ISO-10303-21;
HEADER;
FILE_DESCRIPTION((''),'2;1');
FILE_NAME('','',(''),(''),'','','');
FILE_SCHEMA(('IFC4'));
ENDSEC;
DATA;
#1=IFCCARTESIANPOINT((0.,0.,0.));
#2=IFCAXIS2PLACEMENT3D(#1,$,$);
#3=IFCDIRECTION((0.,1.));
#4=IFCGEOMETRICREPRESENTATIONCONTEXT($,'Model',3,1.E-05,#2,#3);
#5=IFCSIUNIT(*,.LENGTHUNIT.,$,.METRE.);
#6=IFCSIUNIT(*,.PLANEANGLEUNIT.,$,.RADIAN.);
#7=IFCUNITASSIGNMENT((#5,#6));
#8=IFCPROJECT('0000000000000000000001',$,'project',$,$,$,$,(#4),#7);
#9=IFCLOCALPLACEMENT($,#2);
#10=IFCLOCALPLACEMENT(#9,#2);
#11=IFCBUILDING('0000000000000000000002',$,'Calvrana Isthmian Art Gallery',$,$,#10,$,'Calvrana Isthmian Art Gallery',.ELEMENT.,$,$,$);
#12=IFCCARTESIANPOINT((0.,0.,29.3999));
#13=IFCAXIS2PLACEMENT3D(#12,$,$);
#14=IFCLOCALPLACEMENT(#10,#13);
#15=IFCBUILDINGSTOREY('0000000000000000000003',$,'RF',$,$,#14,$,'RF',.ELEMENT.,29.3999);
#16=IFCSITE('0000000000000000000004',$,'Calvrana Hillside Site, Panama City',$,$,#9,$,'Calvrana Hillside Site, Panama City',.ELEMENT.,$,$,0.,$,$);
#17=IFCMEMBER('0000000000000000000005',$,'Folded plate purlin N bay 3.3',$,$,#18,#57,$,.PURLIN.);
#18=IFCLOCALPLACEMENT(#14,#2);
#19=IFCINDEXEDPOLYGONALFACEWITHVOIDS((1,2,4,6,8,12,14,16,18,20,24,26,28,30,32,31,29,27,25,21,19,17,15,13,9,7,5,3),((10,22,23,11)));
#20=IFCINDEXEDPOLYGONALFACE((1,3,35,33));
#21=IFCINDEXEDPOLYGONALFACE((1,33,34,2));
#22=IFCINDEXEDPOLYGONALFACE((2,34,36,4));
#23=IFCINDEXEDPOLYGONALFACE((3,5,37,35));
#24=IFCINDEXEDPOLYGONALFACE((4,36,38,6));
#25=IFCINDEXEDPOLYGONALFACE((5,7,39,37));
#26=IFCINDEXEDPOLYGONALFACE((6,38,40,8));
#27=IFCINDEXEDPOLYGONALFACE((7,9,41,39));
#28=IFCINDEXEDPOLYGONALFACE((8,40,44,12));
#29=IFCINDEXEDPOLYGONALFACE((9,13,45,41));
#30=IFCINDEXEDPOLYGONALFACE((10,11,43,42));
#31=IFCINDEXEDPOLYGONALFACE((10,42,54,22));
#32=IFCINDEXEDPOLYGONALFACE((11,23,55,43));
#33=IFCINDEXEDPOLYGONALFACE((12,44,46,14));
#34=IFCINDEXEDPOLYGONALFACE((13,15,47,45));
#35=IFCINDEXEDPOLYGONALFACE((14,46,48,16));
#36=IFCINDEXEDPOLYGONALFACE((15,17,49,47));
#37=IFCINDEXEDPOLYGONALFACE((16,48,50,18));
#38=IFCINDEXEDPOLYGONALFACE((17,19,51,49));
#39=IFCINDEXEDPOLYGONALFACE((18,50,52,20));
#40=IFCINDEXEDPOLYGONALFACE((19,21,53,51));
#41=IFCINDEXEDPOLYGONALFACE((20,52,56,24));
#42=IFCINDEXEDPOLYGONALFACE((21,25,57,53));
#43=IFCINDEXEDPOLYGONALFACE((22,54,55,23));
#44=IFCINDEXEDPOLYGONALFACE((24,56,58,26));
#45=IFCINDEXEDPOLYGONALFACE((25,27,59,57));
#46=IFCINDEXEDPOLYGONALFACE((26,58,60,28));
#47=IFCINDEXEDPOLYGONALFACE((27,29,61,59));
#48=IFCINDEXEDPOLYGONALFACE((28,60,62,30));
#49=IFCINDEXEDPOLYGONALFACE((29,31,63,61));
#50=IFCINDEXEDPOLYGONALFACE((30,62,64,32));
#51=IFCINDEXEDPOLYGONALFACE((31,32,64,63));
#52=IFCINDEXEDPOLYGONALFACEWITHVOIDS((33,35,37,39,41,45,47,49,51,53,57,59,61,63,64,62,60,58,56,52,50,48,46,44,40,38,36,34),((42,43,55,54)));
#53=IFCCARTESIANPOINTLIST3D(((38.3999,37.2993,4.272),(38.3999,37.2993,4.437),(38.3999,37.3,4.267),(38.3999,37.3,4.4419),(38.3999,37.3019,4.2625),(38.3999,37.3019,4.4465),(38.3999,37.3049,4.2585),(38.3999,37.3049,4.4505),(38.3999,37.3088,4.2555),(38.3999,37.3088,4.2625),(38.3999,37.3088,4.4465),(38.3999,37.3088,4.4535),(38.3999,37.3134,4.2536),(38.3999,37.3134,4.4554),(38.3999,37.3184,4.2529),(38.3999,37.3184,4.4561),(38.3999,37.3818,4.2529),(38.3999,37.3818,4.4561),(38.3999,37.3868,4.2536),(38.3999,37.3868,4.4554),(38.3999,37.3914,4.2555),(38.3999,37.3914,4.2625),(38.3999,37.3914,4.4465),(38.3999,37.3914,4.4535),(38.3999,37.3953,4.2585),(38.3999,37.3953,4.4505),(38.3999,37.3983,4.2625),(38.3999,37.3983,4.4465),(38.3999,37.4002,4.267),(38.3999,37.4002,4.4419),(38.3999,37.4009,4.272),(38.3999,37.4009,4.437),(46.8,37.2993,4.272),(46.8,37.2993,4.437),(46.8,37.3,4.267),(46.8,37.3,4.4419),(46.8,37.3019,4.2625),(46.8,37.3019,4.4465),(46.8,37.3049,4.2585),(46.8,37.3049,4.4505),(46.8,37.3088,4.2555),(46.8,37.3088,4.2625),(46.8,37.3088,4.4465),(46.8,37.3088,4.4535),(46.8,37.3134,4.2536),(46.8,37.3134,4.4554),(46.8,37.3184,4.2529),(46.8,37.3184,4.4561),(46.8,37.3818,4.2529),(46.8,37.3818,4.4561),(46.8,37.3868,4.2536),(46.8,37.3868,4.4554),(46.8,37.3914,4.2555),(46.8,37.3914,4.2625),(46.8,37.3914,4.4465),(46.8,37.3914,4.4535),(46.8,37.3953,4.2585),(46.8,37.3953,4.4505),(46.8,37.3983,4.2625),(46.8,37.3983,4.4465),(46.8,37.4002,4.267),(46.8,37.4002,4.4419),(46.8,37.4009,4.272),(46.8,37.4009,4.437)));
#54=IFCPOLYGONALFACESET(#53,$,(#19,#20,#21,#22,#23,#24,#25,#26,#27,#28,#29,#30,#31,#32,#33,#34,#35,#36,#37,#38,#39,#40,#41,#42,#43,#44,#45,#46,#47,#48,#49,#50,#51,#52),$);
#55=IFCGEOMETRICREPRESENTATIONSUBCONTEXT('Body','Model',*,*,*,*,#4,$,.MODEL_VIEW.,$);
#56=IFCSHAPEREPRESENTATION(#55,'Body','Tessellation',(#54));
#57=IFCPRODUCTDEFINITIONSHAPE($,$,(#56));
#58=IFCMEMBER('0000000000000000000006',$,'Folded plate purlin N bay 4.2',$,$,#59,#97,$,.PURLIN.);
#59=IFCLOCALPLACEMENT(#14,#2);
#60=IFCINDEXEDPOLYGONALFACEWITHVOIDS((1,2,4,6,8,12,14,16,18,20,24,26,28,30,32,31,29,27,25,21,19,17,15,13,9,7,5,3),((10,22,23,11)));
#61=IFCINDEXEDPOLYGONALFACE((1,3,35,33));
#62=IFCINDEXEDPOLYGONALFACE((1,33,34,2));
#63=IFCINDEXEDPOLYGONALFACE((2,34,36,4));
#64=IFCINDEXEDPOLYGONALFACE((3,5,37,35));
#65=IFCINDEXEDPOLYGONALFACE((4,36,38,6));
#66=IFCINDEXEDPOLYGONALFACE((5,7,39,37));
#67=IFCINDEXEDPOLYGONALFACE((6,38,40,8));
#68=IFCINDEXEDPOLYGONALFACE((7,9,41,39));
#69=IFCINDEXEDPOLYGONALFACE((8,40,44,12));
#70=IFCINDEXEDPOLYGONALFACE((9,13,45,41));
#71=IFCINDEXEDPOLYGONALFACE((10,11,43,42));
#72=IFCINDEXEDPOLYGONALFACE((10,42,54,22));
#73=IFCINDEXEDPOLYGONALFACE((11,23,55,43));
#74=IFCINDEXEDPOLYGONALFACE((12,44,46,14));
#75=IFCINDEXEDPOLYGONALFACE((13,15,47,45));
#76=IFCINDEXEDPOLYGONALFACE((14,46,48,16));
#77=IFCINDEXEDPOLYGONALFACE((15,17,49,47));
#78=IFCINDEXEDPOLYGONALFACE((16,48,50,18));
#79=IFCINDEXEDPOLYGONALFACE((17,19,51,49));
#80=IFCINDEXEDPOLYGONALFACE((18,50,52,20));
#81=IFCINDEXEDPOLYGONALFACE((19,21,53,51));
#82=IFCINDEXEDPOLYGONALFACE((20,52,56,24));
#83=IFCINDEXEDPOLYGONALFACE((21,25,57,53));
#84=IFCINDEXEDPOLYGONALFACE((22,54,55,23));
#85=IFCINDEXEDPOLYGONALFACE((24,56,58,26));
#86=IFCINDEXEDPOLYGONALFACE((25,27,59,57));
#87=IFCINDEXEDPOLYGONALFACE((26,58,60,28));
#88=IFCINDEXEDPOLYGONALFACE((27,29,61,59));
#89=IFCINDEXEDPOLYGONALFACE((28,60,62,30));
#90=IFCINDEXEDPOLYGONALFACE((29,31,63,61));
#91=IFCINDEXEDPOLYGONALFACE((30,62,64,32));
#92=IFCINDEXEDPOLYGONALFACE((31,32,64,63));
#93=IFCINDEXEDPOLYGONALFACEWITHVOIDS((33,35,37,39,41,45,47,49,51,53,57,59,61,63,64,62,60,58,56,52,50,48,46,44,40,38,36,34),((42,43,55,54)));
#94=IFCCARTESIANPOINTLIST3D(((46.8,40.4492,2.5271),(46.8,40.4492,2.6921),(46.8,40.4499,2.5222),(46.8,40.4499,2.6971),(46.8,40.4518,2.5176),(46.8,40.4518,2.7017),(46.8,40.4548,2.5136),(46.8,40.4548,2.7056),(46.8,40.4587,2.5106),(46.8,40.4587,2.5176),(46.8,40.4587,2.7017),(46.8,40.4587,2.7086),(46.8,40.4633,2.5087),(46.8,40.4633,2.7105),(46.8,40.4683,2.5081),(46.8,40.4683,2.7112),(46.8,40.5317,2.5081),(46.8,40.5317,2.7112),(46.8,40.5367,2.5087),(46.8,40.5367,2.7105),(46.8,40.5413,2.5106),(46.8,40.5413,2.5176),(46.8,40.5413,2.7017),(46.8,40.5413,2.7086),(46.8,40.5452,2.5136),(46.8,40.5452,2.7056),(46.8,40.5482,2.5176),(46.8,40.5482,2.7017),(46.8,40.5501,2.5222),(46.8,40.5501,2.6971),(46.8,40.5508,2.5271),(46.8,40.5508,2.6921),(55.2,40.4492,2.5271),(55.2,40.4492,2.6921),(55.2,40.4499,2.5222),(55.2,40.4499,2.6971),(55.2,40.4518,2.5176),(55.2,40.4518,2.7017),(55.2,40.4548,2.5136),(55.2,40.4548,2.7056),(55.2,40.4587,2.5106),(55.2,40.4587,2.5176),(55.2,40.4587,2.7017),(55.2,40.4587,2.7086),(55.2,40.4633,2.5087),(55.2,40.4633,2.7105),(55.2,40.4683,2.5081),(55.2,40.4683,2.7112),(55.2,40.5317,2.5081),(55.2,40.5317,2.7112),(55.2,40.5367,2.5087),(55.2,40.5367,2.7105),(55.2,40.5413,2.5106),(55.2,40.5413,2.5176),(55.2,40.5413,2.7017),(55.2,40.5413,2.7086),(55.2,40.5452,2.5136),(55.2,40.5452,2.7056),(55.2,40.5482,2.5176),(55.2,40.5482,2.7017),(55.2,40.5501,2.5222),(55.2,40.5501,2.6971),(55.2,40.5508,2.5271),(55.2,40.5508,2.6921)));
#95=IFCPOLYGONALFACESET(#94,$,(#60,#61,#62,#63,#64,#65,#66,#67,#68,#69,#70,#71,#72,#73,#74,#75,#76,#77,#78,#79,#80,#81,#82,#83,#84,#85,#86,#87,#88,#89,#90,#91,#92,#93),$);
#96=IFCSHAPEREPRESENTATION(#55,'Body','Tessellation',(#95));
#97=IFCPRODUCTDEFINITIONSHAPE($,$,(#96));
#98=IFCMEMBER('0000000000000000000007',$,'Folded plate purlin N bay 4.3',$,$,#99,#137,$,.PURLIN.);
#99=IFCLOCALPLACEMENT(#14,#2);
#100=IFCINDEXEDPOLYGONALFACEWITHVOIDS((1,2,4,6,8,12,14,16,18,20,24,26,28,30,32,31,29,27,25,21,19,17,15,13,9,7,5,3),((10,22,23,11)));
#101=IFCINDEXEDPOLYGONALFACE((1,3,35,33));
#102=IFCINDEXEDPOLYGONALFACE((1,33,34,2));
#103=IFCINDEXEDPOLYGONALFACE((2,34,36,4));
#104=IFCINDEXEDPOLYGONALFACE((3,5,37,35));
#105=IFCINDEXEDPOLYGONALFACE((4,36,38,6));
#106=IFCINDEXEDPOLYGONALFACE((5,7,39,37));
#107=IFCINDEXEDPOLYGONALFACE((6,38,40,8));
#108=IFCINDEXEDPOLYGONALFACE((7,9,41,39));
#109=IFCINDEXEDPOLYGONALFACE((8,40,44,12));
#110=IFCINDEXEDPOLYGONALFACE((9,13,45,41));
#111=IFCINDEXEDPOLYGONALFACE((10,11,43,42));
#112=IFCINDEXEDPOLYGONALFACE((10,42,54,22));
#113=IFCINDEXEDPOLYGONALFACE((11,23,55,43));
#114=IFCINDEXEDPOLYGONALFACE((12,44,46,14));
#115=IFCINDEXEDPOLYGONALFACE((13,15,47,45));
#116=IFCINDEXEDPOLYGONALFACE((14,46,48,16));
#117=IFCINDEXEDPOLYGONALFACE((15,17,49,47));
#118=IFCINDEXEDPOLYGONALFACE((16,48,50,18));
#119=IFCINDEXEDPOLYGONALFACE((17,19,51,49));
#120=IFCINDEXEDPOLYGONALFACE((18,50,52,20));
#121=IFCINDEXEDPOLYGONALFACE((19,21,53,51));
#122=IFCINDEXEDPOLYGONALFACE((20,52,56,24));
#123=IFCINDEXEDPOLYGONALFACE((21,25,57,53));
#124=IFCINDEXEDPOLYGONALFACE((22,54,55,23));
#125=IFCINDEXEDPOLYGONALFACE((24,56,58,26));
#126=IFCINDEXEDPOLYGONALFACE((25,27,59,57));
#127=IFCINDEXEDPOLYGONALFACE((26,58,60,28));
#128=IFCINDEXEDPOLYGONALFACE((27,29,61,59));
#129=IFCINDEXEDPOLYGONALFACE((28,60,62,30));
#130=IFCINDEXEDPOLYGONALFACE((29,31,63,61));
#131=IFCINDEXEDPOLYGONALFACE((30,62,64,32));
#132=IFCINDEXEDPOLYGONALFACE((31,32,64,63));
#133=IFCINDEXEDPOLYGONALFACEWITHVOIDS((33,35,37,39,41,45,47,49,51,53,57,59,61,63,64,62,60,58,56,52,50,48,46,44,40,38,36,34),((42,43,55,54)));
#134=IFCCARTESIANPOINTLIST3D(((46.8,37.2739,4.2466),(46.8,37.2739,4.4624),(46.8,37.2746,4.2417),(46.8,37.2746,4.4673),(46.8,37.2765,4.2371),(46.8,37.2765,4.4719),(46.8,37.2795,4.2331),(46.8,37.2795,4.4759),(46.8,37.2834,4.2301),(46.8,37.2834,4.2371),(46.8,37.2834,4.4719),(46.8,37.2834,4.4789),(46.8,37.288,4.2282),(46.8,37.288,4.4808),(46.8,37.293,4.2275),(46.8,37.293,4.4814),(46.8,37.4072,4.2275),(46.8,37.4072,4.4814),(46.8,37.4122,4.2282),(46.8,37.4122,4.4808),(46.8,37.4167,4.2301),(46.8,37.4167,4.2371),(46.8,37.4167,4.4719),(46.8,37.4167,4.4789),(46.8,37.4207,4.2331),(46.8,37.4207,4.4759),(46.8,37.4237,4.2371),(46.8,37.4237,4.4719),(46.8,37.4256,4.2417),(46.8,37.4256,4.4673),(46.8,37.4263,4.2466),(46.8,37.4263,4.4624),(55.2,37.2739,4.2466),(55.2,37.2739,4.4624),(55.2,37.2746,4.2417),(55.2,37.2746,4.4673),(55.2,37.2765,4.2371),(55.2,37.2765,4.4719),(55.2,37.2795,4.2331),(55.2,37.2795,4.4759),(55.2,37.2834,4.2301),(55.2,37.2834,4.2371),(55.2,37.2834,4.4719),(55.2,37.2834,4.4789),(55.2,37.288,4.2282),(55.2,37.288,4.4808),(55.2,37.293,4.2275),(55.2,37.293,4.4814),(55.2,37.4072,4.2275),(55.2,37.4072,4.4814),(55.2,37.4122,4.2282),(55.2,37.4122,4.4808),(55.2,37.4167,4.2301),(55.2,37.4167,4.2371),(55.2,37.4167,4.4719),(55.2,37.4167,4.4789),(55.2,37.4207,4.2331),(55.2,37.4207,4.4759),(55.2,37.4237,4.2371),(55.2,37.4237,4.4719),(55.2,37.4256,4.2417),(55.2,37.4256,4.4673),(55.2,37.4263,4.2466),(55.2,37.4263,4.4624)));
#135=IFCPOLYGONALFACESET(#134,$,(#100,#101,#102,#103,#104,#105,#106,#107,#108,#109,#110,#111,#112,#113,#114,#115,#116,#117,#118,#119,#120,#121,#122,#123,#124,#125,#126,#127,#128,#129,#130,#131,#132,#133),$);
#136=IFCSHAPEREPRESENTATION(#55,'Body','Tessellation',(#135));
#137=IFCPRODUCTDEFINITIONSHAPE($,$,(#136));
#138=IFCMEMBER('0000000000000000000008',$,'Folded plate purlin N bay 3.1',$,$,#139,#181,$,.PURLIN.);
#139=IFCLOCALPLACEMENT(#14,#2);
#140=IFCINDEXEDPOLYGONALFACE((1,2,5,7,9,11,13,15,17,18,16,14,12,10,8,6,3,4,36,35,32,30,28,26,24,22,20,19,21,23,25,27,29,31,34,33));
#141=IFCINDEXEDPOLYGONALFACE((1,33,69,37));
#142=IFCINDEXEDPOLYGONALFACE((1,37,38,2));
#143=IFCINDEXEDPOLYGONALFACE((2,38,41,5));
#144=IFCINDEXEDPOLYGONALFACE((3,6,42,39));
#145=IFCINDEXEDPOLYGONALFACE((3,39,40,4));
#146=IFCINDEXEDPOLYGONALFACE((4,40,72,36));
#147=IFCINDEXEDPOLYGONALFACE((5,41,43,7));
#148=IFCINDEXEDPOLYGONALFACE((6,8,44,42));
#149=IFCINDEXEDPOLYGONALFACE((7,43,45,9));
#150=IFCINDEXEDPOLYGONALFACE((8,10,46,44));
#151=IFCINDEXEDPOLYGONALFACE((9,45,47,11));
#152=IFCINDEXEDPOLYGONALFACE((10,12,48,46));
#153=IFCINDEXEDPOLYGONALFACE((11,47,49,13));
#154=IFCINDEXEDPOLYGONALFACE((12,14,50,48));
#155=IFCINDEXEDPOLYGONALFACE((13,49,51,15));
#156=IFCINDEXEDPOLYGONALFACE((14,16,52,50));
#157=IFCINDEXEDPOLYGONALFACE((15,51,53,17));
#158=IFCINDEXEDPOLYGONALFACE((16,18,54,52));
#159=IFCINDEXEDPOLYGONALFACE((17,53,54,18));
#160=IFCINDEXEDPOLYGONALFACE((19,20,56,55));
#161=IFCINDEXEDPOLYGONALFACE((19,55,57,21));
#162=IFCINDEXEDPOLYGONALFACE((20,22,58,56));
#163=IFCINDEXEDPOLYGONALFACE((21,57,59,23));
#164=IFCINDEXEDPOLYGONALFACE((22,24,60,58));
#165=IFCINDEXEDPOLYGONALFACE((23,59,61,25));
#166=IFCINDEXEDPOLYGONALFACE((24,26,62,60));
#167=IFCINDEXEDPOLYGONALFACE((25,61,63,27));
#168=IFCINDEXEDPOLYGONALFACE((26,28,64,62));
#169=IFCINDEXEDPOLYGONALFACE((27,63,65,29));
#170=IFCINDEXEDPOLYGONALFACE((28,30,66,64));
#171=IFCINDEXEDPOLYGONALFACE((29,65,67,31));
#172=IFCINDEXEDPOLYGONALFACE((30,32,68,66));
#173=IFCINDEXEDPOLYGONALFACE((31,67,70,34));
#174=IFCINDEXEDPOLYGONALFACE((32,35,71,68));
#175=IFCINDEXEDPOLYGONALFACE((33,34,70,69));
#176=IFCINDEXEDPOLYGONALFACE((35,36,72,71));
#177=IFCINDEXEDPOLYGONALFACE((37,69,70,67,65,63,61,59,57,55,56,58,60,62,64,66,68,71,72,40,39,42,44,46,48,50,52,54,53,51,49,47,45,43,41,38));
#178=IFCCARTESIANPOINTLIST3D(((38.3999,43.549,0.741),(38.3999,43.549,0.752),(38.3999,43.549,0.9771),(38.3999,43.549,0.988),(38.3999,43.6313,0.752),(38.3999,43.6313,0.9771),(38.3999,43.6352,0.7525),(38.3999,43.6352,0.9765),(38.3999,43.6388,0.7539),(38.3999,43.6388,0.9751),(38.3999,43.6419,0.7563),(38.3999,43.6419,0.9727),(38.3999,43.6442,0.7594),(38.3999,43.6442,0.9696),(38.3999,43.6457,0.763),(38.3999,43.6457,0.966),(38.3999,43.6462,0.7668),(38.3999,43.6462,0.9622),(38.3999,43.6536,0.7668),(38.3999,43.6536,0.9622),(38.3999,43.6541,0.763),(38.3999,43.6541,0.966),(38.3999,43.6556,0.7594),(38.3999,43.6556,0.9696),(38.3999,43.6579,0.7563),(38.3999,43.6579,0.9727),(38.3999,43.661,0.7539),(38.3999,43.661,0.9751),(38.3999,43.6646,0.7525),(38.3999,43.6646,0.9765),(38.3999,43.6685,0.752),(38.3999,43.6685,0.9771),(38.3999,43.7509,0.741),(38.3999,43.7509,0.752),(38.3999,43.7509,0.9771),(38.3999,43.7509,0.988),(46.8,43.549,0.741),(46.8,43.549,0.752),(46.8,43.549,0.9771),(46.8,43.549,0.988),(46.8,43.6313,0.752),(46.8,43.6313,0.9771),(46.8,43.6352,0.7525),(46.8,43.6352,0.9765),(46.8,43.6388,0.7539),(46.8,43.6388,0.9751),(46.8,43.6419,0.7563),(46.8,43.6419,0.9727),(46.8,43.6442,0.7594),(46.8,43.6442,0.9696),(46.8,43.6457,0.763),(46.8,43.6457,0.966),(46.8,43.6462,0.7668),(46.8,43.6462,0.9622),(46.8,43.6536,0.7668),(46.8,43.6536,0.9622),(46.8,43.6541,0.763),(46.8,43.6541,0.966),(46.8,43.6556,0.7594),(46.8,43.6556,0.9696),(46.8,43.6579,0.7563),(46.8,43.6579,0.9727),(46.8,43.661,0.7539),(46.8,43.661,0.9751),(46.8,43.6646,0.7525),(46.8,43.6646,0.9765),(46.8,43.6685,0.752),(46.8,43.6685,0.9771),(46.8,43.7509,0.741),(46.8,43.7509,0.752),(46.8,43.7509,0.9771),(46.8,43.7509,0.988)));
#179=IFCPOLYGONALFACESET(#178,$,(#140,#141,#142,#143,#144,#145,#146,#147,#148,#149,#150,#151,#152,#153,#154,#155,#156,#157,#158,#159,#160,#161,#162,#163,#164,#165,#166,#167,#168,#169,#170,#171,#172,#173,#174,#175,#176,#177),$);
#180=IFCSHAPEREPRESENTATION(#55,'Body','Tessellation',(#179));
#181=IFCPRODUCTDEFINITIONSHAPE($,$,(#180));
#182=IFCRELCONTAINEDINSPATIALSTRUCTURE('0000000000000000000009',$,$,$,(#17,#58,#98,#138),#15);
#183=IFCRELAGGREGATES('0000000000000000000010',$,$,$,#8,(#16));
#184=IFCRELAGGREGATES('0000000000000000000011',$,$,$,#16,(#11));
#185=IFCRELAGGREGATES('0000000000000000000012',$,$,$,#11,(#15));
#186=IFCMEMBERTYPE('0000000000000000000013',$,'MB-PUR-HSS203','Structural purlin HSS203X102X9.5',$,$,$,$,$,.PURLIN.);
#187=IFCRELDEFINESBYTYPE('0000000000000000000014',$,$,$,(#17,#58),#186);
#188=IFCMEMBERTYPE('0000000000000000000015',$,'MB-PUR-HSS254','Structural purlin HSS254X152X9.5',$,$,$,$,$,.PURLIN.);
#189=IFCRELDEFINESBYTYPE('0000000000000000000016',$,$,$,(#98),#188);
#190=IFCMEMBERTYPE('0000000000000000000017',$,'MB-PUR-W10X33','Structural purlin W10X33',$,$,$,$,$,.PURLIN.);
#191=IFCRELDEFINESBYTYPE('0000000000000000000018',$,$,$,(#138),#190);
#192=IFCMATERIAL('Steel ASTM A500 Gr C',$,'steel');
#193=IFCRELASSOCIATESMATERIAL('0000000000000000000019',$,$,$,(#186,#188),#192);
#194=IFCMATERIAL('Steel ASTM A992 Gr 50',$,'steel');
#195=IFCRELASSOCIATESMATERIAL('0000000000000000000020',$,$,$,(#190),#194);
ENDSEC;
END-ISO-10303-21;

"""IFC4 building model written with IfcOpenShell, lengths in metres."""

from ifc_helpers import new_model, si_unit, direction, frame, origin, origin_2d, place, context, subcontext, project, spatial, hollow_rectangle, i_section, extrude, material, material_profile, profile_set, type_object, element, save


model = new_model("IFC4")

# Units and contexts
model_context = context("Model", 3, precision=1e-05, world=origin(), true_north=direction((0.0, 1.0)))
body_context = subcontext(model_context, "Body", "Model", "MODEL_VIEW")
ifc_project = project(units=[si_unit("LENGTHUNIT", "METRE"), si_unit("PLANEANGLEUNIT", "RADIAN")], contexts=[model_context])

# Site, building, storey
site_placement = place(None, origin())
site = spatial("IfcSite", under=ifc_project, at=site_placement, Name="Calvrana Hillside Site, Panama City", LongName="Calvrana Hillside Site, Panama City", CompositionType="ELEMENT", RefElevation=0.0)
building_placement = place(site_placement, origin())
building = spatial("IfcBuilding", under=site, at=building_placement, Name="Calvrana Isthmian Art Gallery", LongName="Calvrana Isthmian Art Gallery", CompositionType="ELEMENT")
storey_placement = place(building_placement, frame((0.0, 0.0, 29.3999)))
storey = spatial("IfcBuildingStorey", under=building, at=storey_placement, Name="RF", LongName="RF", CompositionType="ELEMENT", Elevation=29.3999)

# Shared definitions
ifc_material_1 = material(Name="Steel ASTM A992 Gr 50", Category="steel")

# Members
ifc_material_2 = material(Name="Steel ASTM A500 Gr C", Category="steel")
ifc_material_profile_1 = material_profile(ifc_material_2, hollow_rectangle(XDim=0.1016, YDim=0.2031, WallThickness=0.0095, OuterFilletRadius=0.019, at=origin_2d()), Name="HSS203X102X9.5")
ifc_profile_set_1 = profile_set([ifc_material_profile_1], Name="Steel ASTM A500 Gr C")
member_type_1 = type_object("IfcMemberType", Name="MB-PUR-HSS203", Description="Structural purlin HSS203X102X9.5", PredefinedType="PURLIN", material=ifc_profile_set_1)
member_1_placement = place(storey_placement, frame((38.3999, 37.3501, 4.3545), z_axis=(1.0, 0.0, 0.0), x_axis=(0.0, 1.0, 0.0)))
element("IfcMember", 1, at=member_1_placement, inside=storey, type_object=member_type_1, Name="Folded plate purlin N bay 3.3", PredefinedType="PURLIN", context=body_context, shape_type="SweptSolid", body=[
    extrude(hollow_rectangle(XDim=0.1016, YDim=0.2031, WallThickness=0.0095, OuterFilletRadius=0.019, at=origin_2d()), origin(), (0.0, 0.0, 1.0), 8.4001),
])
member_2_placement = place(storey_placement, frame((46.8, 40.5, 2.6096), z_axis=(1.0, 0.0, 0.0), x_axis=(0.0, 1.0, 0.0)))
element("IfcMember", 2, at=member_2_placement, inside=storey, type_object=member_type_1, Name="Folded plate purlin N bay 4.2", PredefinedType="PURLIN", context=body_context, shape_type="SweptSolid", body=[
    extrude(hollow_rectangle(XDim=0.1016, YDim=0.2031, WallThickness=0.0095, OuterFilletRadius=0.019, at=origin_2d()), origin(), (0.0, 0.0, 1.0), 8.3999),
])
ifc_material_profile_2 = material_profile(ifc_material_2, hollow_rectangle(XDim=0.1523, YDim=0.2539, WallThickness=0.0095, OuterFilletRadius=0.019, at=origin_2d()), Name="HSS254X152X9.5")
ifc_profile_set_2 = profile_set([ifc_material_profile_2], Name="Steel ASTM A500 Gr C")
member_type_2 = type_object("IfcMemberType", Name="MB-PUR-HSS254", Description="Structural purlin HSS254X152X9.5", PredefinedType="PURLIN", material=ifc_profile_set_2)
member_3_placement = place(storey_placement, frame((46.8, 37.3501, 4.3545), z_axis=(1.0, 0.0, 0.0), x_axis=(0.0, 1.0, 0.0)))
element("IfcMember", 3, at=member_3_placement, inside=storey, type_object=member_type_2, Name="Folded plate purlin N bay 4.3", PredefinedType="PURLIN", context=body_context, shape_type="SweptSolid", body=[
    extrude(hollow_rectangle(XDim=0.1523, YDim=0.2539, WallThickness=0.0095, OuterFilletRadius=0.019, at=origin_2d()), origin(), (0.0, 0.0, 1.0), 8.3999),
])
ifc_material_profile_3 = material_profile(ifc_material_1, i_section(OverallWidth=0.2019, OverallDepth=0.2471, WebThickness=0.0073, FlangeThickness=0.011, FilletRadius=0.0149, at=origin_2d()), Name="W10X33")
ifc_profile_set_3 = profile_set([ifc_material_profile_3], Name="Steel ASTM A992 Gr 50")
member_type_3 = type_object("IfcMemberType", Name="MB-PUR-W10X33", Description="Structural purlin W10X33", PredefinedType="PURLIN", material=ifc_profile_set_3)
member_4_placement = place(storey_placement, frame((38.3999, 43.6499, 0.8645), z_axis=(1.0, 0.0, 0.0), x_axis=(0.0, 1.0, 0.0)))
element("IfcMember", 4, at=member_4_placement, inside=storey, type_object=member_type_3, Name="Folded plate purlin N bay 3.1", PredefinedType="PURLIN", context=body_context, shape_type="SweptSolid", body=[
    extrude(i_section(OverallWidth=0.2019, OverallDepth=0.2471, WebThickness=0.0073, FlangeThickness=0.011, FilletRadius=0.0149, at=origin_2d()), origin(), (0.0, 0.0, 1.0), 8.4001),
])

save(model, "model.ifc")
